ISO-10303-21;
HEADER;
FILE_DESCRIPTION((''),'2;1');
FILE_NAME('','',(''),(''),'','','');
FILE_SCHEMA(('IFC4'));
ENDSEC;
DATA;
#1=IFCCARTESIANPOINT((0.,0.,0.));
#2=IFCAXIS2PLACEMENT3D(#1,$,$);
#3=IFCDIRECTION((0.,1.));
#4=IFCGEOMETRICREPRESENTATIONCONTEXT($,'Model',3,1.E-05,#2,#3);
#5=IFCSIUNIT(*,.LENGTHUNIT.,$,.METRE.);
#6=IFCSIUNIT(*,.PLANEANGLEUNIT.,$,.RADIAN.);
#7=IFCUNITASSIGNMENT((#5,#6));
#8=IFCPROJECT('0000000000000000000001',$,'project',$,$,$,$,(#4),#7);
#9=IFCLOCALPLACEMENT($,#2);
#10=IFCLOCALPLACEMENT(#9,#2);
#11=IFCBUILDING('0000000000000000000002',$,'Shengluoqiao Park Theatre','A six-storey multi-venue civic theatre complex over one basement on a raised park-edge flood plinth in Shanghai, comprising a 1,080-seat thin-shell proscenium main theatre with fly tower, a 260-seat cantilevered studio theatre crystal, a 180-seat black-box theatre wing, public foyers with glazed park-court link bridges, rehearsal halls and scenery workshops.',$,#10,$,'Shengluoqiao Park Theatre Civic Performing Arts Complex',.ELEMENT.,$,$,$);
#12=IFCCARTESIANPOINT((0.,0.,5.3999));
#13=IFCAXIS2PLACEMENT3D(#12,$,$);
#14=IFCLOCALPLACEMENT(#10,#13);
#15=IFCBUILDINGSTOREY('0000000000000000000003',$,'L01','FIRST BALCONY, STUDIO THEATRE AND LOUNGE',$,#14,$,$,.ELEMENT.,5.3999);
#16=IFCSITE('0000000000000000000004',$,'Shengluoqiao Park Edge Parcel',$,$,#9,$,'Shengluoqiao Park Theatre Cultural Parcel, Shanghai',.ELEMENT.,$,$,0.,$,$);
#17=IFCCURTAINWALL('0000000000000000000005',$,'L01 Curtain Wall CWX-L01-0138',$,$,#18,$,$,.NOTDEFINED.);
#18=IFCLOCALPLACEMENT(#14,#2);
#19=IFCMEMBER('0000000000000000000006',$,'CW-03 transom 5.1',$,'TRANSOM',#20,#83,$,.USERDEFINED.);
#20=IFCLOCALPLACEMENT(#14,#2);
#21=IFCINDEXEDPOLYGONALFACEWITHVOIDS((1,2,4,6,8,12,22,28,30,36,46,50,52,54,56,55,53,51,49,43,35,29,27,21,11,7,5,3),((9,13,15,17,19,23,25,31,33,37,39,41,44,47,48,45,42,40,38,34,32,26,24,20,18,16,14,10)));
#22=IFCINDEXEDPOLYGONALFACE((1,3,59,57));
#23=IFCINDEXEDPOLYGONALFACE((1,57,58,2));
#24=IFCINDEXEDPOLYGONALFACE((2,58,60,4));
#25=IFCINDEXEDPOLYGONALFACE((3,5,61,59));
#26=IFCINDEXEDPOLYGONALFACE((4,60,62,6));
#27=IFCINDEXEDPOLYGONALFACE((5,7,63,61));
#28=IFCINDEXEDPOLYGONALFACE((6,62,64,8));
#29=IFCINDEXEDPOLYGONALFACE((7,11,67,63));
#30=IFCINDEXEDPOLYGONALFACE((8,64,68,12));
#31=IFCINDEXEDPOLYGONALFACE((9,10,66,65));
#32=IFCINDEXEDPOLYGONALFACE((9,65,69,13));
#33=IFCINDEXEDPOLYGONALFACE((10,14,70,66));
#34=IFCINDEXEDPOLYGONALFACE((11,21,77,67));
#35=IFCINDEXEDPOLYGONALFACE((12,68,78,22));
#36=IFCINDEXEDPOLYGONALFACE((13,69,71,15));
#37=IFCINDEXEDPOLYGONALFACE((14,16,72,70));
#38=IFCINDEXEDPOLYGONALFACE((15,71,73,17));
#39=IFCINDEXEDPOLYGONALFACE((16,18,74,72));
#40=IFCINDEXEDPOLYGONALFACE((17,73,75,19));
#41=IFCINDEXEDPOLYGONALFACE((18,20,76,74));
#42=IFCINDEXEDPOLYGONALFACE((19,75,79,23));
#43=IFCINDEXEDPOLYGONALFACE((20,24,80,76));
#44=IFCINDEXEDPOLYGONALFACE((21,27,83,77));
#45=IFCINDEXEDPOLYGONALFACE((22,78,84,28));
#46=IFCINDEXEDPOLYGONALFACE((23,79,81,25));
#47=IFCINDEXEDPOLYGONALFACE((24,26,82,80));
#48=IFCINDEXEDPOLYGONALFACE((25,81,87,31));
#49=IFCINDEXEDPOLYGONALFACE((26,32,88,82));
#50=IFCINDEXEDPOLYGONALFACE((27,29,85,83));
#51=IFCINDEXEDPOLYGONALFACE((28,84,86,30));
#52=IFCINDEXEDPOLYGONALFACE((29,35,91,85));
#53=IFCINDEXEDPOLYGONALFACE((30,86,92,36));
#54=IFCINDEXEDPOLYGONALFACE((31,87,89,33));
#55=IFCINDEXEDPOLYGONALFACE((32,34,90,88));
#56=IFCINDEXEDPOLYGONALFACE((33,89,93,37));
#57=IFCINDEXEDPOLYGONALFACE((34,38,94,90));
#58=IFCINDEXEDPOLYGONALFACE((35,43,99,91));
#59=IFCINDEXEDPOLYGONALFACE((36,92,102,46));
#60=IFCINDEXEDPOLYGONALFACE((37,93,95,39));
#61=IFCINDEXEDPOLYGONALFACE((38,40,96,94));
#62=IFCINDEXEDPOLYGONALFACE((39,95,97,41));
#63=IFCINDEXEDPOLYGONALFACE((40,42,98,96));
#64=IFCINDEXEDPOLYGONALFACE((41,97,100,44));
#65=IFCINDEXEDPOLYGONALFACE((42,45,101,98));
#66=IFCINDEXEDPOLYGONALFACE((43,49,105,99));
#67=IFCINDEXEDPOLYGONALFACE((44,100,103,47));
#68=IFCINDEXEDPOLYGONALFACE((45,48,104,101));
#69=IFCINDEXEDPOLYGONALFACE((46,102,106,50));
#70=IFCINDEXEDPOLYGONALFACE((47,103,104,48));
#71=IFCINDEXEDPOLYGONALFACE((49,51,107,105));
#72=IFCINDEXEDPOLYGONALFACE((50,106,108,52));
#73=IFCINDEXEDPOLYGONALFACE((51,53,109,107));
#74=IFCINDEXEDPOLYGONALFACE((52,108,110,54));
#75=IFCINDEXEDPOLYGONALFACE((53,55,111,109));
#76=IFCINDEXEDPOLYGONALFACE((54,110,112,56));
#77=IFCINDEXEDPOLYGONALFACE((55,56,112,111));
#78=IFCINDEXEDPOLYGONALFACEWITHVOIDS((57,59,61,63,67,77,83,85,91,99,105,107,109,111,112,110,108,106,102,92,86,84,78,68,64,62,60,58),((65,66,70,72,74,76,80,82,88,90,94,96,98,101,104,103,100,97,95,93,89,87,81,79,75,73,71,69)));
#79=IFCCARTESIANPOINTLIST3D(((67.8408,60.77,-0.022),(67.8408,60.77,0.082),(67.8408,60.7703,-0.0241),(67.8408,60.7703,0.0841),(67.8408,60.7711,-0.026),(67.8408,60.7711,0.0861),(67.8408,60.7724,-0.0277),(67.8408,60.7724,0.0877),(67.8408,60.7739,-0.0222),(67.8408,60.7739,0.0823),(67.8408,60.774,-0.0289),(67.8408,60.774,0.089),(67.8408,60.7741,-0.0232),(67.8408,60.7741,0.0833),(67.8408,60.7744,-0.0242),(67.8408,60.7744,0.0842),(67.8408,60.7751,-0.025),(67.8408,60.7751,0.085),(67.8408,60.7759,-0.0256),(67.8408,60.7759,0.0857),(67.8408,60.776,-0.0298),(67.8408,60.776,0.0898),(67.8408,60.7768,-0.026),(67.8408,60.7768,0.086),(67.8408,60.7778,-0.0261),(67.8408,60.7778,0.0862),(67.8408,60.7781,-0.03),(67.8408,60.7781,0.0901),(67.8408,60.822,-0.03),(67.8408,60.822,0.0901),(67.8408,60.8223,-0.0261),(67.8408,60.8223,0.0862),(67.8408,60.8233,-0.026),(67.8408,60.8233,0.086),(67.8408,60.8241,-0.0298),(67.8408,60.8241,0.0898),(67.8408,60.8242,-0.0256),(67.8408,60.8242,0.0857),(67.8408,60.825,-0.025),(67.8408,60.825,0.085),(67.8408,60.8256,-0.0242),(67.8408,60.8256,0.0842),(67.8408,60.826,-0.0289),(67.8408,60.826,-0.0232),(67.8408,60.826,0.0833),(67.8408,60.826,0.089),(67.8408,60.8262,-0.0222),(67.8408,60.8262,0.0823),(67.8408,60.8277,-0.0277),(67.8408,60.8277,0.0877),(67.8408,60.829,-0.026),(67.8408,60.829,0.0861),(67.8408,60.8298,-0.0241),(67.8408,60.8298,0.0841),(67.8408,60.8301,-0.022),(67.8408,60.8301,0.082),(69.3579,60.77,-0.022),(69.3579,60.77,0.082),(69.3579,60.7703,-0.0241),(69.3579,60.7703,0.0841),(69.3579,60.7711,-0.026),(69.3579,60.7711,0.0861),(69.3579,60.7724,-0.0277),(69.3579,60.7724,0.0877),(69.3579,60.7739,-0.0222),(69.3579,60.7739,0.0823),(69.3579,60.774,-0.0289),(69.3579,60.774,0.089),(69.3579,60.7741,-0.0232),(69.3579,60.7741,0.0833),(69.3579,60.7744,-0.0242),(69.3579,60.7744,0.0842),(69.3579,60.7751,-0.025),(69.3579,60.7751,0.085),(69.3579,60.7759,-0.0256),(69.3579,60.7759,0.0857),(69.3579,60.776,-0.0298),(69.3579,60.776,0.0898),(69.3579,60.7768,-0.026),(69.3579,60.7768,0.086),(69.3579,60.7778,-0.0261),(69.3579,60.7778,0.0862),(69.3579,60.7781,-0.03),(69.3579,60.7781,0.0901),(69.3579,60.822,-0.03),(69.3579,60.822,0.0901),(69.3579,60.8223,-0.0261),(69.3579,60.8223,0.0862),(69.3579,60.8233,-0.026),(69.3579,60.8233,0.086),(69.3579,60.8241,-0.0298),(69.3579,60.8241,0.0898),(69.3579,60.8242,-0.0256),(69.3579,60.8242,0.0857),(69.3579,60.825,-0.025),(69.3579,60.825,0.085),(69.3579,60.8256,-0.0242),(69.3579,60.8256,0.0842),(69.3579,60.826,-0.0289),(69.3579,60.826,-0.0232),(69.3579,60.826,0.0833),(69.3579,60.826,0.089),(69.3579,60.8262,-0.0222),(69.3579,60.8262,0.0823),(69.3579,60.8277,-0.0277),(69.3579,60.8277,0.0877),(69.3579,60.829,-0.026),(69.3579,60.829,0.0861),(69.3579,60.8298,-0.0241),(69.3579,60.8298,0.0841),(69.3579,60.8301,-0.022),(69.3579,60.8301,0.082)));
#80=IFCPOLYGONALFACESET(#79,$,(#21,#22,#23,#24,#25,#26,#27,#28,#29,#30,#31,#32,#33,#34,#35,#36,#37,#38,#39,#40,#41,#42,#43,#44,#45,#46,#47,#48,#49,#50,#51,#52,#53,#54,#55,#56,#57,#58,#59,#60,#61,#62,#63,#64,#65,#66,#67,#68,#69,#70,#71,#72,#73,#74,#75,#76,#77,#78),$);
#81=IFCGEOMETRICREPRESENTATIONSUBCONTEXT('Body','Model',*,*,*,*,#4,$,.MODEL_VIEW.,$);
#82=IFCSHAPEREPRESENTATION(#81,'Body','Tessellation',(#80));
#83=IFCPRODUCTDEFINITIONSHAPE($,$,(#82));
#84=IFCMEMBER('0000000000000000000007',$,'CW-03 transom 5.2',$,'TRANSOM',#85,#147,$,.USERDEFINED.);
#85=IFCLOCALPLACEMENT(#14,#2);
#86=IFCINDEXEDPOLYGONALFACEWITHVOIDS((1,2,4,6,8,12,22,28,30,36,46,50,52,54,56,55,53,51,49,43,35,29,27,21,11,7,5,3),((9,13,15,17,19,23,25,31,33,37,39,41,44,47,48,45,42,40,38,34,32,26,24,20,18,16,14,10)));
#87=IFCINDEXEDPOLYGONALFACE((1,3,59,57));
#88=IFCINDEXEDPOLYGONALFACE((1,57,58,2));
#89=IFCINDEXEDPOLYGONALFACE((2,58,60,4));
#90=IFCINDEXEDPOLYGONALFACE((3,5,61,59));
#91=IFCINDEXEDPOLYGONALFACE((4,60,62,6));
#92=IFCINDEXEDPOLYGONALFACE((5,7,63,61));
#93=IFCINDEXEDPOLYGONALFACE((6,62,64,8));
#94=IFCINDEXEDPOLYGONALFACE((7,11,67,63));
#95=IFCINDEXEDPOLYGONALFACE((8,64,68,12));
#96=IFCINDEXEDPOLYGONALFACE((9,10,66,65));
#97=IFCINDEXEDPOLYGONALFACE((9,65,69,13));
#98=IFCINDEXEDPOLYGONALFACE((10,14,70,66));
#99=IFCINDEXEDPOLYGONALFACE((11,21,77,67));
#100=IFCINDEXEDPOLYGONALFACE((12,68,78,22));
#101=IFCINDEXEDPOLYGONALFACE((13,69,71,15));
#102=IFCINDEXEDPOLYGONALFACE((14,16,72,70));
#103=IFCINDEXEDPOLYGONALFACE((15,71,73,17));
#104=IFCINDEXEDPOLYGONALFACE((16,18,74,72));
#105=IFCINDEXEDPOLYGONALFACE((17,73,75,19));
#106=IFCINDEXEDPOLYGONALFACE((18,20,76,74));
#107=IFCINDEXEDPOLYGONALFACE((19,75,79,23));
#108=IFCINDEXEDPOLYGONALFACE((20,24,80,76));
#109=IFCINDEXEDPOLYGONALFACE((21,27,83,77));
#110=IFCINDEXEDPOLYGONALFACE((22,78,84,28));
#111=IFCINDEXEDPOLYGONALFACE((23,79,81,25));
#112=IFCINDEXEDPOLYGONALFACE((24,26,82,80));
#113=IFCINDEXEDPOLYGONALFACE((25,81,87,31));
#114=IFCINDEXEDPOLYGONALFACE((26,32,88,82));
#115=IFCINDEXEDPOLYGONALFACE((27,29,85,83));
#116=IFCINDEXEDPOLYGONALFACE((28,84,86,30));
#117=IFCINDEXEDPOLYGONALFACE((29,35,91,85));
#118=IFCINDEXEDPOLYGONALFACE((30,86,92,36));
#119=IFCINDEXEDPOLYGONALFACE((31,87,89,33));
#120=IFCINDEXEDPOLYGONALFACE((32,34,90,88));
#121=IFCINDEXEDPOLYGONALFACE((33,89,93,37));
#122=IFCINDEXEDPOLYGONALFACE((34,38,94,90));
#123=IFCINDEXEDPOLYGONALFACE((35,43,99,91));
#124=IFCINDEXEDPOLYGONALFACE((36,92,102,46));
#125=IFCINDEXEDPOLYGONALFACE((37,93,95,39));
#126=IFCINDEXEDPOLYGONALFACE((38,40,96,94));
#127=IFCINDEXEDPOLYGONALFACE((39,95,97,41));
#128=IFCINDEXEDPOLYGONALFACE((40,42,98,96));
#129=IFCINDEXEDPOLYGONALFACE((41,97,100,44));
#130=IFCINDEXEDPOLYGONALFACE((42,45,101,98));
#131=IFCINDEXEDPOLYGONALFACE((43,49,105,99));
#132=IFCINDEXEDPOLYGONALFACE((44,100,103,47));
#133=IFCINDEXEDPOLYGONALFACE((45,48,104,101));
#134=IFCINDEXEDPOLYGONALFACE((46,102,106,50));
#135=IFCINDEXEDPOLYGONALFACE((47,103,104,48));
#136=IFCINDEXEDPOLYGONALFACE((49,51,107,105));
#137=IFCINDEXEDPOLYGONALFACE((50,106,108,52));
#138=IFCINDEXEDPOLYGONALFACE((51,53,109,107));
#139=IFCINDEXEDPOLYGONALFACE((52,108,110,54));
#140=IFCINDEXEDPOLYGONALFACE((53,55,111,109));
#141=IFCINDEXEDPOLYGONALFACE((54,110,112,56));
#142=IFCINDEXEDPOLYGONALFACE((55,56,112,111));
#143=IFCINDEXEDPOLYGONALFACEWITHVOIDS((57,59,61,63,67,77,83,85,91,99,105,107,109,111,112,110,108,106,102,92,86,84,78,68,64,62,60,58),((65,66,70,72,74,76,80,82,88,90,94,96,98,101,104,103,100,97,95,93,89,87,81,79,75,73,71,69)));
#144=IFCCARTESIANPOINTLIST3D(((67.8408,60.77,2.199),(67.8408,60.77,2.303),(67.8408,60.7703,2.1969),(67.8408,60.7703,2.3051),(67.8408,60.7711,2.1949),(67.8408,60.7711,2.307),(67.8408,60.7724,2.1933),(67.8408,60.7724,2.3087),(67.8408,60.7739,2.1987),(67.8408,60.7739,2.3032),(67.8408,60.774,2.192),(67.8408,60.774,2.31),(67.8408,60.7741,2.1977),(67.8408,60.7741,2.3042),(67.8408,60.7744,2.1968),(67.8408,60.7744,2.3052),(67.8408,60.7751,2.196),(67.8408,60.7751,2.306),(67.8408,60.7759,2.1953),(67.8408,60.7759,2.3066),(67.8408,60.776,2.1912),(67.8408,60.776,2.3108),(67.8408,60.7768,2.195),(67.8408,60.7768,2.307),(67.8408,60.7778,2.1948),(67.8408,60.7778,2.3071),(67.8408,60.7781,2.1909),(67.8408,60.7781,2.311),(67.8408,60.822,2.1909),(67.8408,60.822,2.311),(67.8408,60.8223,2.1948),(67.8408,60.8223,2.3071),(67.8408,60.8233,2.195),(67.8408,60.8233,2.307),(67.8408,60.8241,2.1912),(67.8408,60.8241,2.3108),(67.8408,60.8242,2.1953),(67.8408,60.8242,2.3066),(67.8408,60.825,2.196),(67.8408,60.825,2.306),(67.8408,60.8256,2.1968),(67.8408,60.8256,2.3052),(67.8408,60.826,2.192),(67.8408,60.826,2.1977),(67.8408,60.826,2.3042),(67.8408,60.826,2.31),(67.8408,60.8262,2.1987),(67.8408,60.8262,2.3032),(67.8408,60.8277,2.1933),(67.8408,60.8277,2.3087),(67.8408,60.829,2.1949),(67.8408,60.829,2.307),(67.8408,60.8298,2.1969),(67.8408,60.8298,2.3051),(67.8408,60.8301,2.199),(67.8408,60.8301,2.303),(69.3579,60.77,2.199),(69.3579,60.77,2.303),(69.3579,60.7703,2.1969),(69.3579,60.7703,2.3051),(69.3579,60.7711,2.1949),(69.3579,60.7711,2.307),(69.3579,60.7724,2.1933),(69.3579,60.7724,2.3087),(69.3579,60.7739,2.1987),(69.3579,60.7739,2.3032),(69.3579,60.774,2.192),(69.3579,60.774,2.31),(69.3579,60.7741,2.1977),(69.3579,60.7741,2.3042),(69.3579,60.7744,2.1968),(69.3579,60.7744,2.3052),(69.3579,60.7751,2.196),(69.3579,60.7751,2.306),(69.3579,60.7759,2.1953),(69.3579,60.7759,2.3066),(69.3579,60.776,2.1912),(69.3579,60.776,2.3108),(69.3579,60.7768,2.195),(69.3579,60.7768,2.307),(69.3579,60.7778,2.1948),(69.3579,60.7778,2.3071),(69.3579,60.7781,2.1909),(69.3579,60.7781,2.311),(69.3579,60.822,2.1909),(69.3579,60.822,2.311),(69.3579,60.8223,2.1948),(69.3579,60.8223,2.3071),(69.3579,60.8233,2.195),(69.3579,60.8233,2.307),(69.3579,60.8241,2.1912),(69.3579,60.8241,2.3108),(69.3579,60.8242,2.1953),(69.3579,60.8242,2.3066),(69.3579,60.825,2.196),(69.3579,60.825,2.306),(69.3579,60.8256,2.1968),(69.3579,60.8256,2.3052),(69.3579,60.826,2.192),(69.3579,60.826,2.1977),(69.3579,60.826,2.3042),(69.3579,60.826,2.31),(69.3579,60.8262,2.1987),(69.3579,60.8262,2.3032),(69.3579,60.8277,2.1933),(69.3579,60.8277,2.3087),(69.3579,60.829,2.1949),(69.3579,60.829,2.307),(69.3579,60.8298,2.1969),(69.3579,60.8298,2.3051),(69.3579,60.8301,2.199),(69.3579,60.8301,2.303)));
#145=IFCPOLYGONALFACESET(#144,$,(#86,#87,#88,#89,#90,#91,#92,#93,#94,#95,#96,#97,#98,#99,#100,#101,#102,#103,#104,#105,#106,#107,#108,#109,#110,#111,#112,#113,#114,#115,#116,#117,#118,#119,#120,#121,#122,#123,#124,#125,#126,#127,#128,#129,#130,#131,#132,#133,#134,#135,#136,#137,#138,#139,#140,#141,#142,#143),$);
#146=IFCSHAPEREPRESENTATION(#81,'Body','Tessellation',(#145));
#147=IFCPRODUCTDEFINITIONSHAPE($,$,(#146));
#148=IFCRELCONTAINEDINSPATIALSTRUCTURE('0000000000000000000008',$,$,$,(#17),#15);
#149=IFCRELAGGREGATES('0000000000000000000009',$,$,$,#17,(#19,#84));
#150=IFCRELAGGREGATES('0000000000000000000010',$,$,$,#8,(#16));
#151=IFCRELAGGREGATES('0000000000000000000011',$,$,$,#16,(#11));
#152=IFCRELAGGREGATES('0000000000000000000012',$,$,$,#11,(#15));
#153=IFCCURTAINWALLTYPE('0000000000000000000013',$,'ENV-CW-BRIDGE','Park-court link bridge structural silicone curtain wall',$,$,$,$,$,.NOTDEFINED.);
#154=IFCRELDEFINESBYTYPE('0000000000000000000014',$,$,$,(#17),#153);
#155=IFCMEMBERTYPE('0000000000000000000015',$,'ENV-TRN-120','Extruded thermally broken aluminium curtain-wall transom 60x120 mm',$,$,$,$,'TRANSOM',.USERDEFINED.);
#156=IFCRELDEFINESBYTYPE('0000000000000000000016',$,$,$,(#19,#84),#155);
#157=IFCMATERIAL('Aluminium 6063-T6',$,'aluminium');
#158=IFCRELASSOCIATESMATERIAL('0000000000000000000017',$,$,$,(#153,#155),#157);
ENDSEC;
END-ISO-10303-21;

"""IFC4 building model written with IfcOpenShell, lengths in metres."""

from ifc_helpers import new_model, si_unit, direction, frame, origin, origin_2d, place, context, subcontext, project, spatial, hollow_rectangle, extrude, material, material_profile, profile_set, type_object, element, aggregate, save


model = new_model("IFC4")

# Units and contexts
model_context = context("Model", 3, precision=1e-05, world=origin(), true_north=direction((0.0, 1.0)))
body_context = subcontext(model_context, "Body", "Model", "MODEL_VIEW")
ifc_project = project(units=[si_unit("LENGTHUNIT", "METRE"), si_unit("PLANEANGLEUNIT", "RADIAN")], contexts=[model_context])

# Site, building, storey
site_placement = place(None, origin())
site = spatial("IfcSite", under=ifc_project, at=site_placement, Name="Shengluoqiao Park Edge Parcel", LongName="Shengluoqiao Park Theatre Cultural Parcel, Shanghai", CompositionType="ELEMENT", RefElevation=0.0)
building_placement = place(site_placement, origin())
building = spatial("IfcBuilding", under=site, at=building_placement, Name="Shengluoqiao Park Theatre", Description="A six-storey multi-venue civic theatre complex over one basement on a raised park-edge flood plinth in Shanghai, comprising a 1,080-seat thin-shell proscenium main theatre with fly tower, a 260-seat cantilevered studio theatre crystal, a 180-seat black-box theatre wing, public foyers with glazed park-court link bridges, rehearsal halls and scenery workshops.", LongName="Shengluoqiao Park Theatre Civic Performing Arts Complex", CompositionType="ELEMENT")
storey_placement = place(building_placement, frame((0.0, 0.0, 5.3999)))
storey = spatial("IfcBuildingStorey", under=building, at=storey_placement, Name="L01", Description="FIRST BALCONY, STUDIO THEATRE AND LOUNGE", CompositionType="ELEMENT", Elevation=5.3999)

# Curtain wall
ifc_material_1 = material(Name="Aluminium 6063-T6", Category="aluminium")
curtain_wall_type_1 = type_object("IfcCurtainWallType", Name="ENV-CW-BRIDGE", Description="Park-court link bridge structural silicone curtain wall", PredefinedType="NOTDEFINED", material=ifc_material_1)
curtain_wall_1_placement = place(storey_placement, origin())
curtain_wall_1 = element("IfcCurtainWall", 1, at=curtain_wall_1_placement, inside=storey, type_object=curtain_wall_type_1, Name="L01 Curtain Wall CWX-L01-0138", PredefinedType="NOTDEFINED")

# Members
ifc_material_profile_1 = material_profile(ifc_material_1, hollow_rectangle(XDim=0.0601, YDim=0.1201, WallThickness=0.0039, InnerFilletRadius=0.0039, OuterFilletRadius=0.0081, at=origin_2d()), Name="ALU TRANSOM 120x60x4")
ifc_profile_set_1 = profile_set([ifc_material_profile_1], Name="Aluminium 6063-T6")
member_type_1 = type_object("IfcMemberType", Name="ENV-TRN-120", Description="Extruded thermally broken aluminium curtain-wall transom 60x120 mm", ElementType="TRANSOM", PredefinedType="USERDEFINED", material=ifc_profile_set_1)
member_1_placement = place(storey_placement, frame((67.8408, 60.8, 0.03), z_axis=(1.0, 0.0, 0.0), x_axis=(0.0, 1.0, 0.0)))
member_1 = element("IfcMember", 2, at=member_1_placement, type_object=member_type_1, Name="CW-03 transom 5.1", ObjectType="TRANSOM", PredefinedType="USERDEFINED", context=body_context, shape_type="SweptSolid", body=[
    extrude(hollow_rectangle(XDim=0.0601, YDim=0.1201, WallThickness=0.0039, InnerFilletRadius=0.0039, OuterFilletRadius=0.0081, at=origin_2d()), origin(), (0.0, 0.0, 1.0), 1.5171),
])
member_2_placement = place(storey_placement, frame((67.8408, 60.8, 2.251), z_axis=(1.0, 0.0, 0.0), x_axis=(0.0, 1.0, 0.0)))
member_2 = element("IfcMember", 3, at=member_2_placement, type_object=member_type_1, Name="CW-03 transom 5.2", ObjectType="TRANSOM", PredefinedType="USERDEFINED", context=body_context, shape_type="SweptSolid", body=[
    extrude(hollow_rectangle(XDim=0.0601, YDim=0.1201, WallThickness=0.0039, InnerFilletRadius=0.0039, OuterFilletRadius=0.0081, at=origin_2d()), origin(), (0.0, 0.0, 1.0), 1.5171),
])

aggregate(curtain_wall_1, [member_1, member_2])

save(model, "model.ifc")
